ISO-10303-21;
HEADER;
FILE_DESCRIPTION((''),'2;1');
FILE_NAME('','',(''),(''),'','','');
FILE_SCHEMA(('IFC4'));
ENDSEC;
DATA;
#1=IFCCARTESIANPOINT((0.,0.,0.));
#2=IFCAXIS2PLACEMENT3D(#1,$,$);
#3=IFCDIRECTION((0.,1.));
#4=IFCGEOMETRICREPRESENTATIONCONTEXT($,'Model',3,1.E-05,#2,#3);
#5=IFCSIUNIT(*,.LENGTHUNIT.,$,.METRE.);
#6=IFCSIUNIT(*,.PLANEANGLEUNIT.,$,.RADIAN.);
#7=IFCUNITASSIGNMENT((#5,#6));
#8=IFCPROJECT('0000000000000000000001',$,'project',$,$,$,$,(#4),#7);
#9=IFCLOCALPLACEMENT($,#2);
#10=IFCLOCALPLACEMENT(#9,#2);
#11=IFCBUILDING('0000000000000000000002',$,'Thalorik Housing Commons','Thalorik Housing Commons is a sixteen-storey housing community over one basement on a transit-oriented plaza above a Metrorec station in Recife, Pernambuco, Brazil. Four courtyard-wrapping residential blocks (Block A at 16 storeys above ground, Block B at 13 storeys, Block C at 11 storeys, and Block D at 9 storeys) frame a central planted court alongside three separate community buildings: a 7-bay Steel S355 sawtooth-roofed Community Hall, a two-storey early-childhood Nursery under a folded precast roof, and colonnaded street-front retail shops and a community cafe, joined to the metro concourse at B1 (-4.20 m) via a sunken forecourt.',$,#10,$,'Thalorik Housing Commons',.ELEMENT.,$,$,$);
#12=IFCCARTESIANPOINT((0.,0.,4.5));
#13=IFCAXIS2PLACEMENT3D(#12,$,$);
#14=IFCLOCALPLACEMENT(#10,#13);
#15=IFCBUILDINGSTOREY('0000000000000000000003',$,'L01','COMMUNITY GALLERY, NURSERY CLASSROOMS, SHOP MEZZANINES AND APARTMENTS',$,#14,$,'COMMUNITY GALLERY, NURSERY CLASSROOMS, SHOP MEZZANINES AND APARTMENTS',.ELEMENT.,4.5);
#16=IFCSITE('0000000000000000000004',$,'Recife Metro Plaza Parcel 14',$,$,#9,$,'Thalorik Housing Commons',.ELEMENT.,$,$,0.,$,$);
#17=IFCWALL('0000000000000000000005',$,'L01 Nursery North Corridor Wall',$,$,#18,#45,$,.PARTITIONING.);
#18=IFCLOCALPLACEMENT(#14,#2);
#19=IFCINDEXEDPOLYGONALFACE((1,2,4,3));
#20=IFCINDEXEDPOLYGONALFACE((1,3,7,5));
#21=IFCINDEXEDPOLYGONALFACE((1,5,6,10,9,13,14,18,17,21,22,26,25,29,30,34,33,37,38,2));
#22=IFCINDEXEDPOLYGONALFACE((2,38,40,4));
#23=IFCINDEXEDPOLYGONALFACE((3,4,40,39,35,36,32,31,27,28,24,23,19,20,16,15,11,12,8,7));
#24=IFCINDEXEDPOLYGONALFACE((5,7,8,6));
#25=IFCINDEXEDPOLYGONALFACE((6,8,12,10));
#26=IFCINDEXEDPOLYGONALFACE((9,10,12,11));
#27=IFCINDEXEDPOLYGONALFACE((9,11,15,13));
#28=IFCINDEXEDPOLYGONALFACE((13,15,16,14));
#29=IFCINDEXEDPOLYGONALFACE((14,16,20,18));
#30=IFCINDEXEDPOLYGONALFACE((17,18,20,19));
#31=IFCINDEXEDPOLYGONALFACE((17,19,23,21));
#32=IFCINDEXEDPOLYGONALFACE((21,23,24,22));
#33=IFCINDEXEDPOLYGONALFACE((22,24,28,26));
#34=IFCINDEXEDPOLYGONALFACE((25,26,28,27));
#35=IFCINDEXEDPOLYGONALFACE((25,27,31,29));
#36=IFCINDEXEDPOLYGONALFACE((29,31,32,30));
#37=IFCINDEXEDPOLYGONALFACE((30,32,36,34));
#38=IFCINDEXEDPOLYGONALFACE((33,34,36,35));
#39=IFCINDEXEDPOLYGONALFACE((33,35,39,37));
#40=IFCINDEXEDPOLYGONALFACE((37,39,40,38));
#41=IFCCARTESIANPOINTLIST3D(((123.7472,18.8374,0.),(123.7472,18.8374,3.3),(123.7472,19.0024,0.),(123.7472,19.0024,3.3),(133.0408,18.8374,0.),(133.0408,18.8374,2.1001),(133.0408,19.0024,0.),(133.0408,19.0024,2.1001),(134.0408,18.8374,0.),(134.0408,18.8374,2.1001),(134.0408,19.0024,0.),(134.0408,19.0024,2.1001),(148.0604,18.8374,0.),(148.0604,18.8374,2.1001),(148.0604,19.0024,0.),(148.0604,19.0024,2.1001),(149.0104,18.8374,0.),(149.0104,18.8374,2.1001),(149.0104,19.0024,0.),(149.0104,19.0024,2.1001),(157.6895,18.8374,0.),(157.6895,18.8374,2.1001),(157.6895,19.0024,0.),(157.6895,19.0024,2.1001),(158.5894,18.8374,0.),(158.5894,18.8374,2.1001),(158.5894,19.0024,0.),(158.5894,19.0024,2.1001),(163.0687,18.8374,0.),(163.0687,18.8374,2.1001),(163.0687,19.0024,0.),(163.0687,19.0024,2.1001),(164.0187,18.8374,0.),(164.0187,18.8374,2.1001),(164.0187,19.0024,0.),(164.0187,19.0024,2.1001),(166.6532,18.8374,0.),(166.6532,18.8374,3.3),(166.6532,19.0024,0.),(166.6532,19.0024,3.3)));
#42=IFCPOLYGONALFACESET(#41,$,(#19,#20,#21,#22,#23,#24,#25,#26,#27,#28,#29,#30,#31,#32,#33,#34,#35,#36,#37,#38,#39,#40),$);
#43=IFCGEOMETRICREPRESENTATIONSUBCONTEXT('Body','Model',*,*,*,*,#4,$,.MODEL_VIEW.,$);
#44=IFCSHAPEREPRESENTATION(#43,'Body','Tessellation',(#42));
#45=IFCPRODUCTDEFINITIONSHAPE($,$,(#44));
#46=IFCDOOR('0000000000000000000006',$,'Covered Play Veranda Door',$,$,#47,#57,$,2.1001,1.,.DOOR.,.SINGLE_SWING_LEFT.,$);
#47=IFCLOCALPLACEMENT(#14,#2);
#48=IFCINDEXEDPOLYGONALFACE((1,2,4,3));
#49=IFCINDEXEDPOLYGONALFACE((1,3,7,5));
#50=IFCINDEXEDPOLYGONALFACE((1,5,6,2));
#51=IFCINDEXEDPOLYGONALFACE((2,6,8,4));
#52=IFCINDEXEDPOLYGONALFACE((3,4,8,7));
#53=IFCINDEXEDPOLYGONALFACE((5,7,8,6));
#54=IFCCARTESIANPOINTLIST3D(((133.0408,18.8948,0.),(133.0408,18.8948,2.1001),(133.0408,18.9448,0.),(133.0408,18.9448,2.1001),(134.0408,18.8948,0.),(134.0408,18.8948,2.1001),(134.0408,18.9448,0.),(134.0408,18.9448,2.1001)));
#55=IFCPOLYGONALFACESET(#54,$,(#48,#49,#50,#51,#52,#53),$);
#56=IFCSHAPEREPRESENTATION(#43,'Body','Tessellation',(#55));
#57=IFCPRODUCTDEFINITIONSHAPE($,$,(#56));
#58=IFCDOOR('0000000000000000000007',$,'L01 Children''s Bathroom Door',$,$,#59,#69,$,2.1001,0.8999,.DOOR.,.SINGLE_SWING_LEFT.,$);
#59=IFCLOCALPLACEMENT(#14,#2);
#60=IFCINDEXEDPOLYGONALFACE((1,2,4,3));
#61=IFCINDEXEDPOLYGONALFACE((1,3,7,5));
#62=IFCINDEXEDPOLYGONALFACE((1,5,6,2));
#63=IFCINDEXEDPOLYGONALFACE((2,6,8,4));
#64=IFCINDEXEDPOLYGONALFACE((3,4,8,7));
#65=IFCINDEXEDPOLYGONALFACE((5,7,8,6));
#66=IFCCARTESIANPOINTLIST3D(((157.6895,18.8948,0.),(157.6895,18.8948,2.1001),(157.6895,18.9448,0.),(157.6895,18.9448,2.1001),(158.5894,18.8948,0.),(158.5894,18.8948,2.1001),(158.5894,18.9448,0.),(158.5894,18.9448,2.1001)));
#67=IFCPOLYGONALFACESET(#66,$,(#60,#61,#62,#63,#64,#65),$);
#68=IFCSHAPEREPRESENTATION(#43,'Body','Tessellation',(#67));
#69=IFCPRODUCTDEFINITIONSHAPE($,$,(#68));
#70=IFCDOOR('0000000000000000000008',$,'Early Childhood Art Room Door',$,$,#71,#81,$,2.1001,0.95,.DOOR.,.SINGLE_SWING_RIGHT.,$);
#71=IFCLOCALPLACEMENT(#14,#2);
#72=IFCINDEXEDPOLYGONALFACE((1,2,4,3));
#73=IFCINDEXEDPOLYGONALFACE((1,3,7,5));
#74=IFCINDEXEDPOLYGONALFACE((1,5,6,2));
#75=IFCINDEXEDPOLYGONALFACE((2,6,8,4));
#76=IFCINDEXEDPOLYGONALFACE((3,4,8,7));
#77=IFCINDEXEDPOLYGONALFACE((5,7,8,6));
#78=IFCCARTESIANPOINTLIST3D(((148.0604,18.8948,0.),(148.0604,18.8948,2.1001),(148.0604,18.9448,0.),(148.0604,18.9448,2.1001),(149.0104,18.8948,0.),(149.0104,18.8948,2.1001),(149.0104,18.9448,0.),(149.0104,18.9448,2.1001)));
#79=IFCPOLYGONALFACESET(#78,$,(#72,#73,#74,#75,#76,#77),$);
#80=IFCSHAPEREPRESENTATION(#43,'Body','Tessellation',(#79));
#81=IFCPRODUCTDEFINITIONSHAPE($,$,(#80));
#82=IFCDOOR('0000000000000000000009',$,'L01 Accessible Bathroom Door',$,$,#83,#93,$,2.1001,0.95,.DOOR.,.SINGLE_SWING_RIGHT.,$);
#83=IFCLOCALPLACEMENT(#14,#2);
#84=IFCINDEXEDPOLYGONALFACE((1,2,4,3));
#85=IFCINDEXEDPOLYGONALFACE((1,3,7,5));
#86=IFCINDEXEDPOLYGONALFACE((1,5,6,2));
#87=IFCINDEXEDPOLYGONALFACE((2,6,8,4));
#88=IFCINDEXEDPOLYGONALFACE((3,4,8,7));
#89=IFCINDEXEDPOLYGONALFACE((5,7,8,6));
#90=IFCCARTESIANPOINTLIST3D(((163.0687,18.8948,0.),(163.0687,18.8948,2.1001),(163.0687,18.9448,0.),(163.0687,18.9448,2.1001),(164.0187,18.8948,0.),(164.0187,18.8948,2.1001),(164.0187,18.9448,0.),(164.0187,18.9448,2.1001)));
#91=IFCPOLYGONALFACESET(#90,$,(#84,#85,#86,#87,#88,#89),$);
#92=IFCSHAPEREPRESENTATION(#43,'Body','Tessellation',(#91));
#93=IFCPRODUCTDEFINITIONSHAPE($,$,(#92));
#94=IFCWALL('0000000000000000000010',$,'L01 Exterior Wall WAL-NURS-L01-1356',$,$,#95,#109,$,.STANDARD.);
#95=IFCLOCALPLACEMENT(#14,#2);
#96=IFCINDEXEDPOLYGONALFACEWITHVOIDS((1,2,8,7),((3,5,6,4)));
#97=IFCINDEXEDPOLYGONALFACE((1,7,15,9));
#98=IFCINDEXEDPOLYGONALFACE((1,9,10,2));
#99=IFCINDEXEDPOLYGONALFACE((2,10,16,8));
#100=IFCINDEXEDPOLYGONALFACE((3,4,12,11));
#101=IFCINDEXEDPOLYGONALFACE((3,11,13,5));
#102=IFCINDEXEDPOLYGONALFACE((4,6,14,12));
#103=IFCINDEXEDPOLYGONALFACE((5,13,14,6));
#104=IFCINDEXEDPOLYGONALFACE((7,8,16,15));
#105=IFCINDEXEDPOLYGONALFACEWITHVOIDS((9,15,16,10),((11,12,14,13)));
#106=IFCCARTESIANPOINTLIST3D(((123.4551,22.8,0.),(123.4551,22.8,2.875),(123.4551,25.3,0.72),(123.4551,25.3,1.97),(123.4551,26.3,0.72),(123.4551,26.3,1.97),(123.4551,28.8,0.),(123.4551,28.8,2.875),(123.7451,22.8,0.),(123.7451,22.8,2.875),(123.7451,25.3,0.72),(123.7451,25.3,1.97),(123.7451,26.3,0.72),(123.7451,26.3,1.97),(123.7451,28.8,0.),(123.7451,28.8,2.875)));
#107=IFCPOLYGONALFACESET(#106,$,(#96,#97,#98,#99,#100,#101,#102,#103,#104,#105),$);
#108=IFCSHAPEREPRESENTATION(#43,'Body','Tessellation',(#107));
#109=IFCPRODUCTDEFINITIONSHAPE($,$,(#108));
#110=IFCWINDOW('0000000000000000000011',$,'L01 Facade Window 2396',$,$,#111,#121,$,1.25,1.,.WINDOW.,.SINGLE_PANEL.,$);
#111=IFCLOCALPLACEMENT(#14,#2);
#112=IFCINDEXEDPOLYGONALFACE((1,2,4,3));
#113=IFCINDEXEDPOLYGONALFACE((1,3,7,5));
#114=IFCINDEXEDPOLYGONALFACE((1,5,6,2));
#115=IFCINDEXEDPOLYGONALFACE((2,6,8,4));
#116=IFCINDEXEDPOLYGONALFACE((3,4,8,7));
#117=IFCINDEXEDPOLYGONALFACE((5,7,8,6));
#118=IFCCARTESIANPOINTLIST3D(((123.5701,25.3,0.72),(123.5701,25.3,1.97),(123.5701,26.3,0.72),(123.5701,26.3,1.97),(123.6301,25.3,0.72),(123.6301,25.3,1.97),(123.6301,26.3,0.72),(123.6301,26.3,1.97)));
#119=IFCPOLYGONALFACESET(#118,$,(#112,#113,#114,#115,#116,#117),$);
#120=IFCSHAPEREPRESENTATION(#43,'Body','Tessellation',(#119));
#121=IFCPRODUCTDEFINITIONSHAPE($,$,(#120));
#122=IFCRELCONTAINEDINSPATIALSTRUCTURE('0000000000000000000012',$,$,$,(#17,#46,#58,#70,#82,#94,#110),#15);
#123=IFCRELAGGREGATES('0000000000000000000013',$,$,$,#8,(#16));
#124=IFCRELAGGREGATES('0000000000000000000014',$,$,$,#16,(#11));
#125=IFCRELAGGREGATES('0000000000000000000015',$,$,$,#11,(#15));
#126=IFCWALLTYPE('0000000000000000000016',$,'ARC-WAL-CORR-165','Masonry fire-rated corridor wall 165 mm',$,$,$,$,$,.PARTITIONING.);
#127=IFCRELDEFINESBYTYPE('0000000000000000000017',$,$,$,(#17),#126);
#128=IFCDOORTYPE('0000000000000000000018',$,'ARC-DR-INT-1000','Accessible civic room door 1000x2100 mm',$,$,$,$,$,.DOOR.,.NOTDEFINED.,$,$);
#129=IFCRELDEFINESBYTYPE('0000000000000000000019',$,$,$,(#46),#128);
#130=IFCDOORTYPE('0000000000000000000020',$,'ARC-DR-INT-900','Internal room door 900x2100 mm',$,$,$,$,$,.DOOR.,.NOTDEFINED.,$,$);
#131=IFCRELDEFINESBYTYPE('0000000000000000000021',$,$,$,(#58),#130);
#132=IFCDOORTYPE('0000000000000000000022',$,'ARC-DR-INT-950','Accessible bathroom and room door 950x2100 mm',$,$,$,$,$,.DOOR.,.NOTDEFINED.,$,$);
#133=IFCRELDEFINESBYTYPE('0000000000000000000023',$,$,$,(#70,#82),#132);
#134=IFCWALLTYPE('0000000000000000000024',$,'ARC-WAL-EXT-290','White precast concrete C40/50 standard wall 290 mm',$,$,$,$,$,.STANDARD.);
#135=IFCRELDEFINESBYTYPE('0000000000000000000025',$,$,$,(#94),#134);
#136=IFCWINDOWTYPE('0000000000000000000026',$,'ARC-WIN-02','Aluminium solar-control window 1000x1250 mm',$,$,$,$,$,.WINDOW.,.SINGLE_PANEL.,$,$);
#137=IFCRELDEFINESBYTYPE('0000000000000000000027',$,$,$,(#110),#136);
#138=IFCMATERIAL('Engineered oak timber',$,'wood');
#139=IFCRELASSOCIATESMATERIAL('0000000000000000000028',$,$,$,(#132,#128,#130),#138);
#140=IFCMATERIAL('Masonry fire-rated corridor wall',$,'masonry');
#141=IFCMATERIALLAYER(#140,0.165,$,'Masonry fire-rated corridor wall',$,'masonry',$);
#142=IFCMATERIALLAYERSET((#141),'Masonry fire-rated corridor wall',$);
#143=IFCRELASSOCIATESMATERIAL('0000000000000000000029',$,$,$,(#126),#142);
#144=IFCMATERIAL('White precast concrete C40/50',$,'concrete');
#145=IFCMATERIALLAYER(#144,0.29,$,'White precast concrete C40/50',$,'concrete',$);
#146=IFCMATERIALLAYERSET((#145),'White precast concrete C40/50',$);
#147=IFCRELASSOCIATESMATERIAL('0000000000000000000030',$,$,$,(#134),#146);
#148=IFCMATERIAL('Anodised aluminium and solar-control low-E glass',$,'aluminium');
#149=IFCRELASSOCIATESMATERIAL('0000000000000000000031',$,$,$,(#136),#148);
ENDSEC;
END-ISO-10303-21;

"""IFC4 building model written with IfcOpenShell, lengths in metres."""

from ifc_helpers import new_model, si_unit, direction, frame, frame_2d, origin, place, context, subcontext, project, spatial, rectangle, extrude, material, layer, layer_set, type_object, element, fill, save


model = new_model("IFC4")

# Units and contexts
model_context = context("Model", 3, precision=1e-05, world=origin(), true_north=direction((0.0, 1.0)))
body_context = subcontext(model_context, "Body", "Model", "MODEL_VIEW")
ifc_project = project(units=[si_unit("LENGTHUNIT", "METRE"), si_unit("PLANEANGLEUNIT", "RADIAN")], contexts=[model_context])

# Site, building, storey
site_placement = place(None, origin())
site = spatial("IfcSite", under=ifc_project, at=site_placement, Name="Recife Metro Plaza Parcel 14", LongName="Thalorik Housing Commons", CompositionType="ELEMENT", RefElevation=0.0)
building_placement = place(site_placement, origin())
building = spatial("IfcBuilding", under=site, at=building_placement, Name="Thalorik Housing Commons", Description="Thalorik Housing Commons is a sixteen-storey housing community over one basement on a transit-oriented plaza above a Metrorec station in Recife, Pernambuco, Brazil. Four courtyard-wrapping residential blocks (Block A at 16 storeys above ground, Block B at 13 storeys, Block C at 11 storeys, and Block D at 9 storeys) frame a central planted court alongside three separate community buildings: a 7-bay Steel S355 sawtooth-roofed Community Hall, a two-storey early-childhood Nursery under a folded precast roof, and colonnaded street-front retail shops and a community cafe, joined to the metro concourse at B1 (-4.20 m) via a sunken forecourt.", LongName="Thalorik Housing Commons", CompositionType="ELEMENT")
storey_placement = place(building_placement, frame((0.0, 0.0, 4.5)))
storey = spatial("IfcBuildingStorey", under=building, at=storey_placement, Name="L01", Description="COMMUNITY GALLERY, NURSERY CLASSROOMS, SHOP MEZZANINES AND APARTMENTS", LongName="COMMUNITY GALLERY, NURSERY CLASSROOMS, SHOP MEZZANINES AND APARTMENTS", CompositionType="ELEMENT", Elevation=4.5)

# Wall, openings, doors
ifc_material_1 = material(Name="Masonry fire-rated corridor wall", Category="masonry")
ifc_material_2 = material(Name="Engineered oak timber", Category="wood")
door_type_1 = type_object("IfcDoorType", Name="ARC-DR-INT-950", Description="Accessible bathroom and room door 950x2100 mm", OperationType="NOTDEFINED", PredefinedType="DOOR", material=ifc_material_2)
ifc_layer_1 = layer(ifc_material_1, 0.165, Name="Masonry fire-rated corridor wall", Category="masonry")
ifc_layer_set_1 = layer_set([ifc_layer_1], Name="Masonry fire-rated corridor wall")
wall_type_1 = type_object("IfcWallType", Name="ARC-WAL-CORR-165", Description="Masonry fire-rated corridor wall 165 mm", PredefinedType="PARTITIONING", material=ifc_layer_set_1)
wall_1_placement = place(storey_placement, frame((123.7471, 18.9199, 0.0), z_axis=(0.0, 0.0, 1.0), x_axis=(1.0, 0.0, 0.0)))
wall_1 = element("IfcWall", 1, at=wall_1_placement, inside=storey, type_object=wall_type_1, Name="L01 Nursery North Corridor Wall", PredefinedType="PARTITIONING", context=body_context, shape_type="SweptSolid", body=[
    extrude(rectangle(XDim=42.906, YDim=0.165, at=frame_2d((21.4531, 0.0))), origin(), (0.0, 0.0, 1.0), 3.3),
])
opening_1_placement = place(wall_1_placement, frame((9.2937, 0.0, 0.0)))
opening_1 = element("IfcOpeningElement", 2, at=opening_1_placement, cuts=wall_1, PredefinedType="OPENING", context=body_context, shape_type="SweptSolid", body=[
    extrude(rectangle(XDim=1.0, YDim=2.1001, at=frame_2d((0.5, 1.05))), frame((0.0, 0.0925, 0.0), z_axis=(0.0, -1.0, 0.0), x_axis=(1.0, 0.0, 0.0)), (0.0, 0.0, 1.0), 0.1851),
])
opening_2_placement = place(wall_1_placement, frame((24.3132, 0.0, 0.0)))
opening_2 = element("IfcOpeningElement", 3, at=opening_2_placement, cuts=wall_1, PredefinedType="OPENING", context=body_context, shape_type="SweptSolid", body=[
    extrude(rectangle(XDim=0.95, YDim=2.1001, at=frame_2d((0.4751, 1.05))), frame((0.0, 0.0925, 0.0), z_axis=(0.0, -1.0, 0.0), x_axis=(1.0, 0.0, 0.0)), (0.0, 0.0, 1.0), 0.1851),
])
opening_3_placement = place(wall_1_placement, frame((33.9424, 0.0, 0.0)))
opening_3 = element("IfcOpeningElement", 4, at=opening_3_placement, cuts=wall_1, PredefinedType="OPENING", context=body_context, shape_type="SweptSolid", body=[
    extrude(rectangle(XDim=0.8999, YDim=2.1001, at=frame_2d((0.45, 1.05))), frame((0.0, 0.0925, 0.0), z_axis=(0.0, -1.0, 0.0), x_axis=(1.0, 0.0, 0.0)), (0.0, 0.0, 1.0), 0.1851),
])
opening_4_placement = place(wall_1_placement, frame((39.3215, 0.0, 0.0)))
opening_4 = element("IfcOpeningElement", 5, at=opening_4_placement, cuts=wall_1, PredefinedType="OPENING", context=body_context, shape_type="SweptSolid", body=[
    extrude(rectangle(XDim=0.95, YDim=2.1001, at=frame_2d((0.4751, 1.05))), frame((0.0, 0.0925, 0.0), z_axis=(0.0, -1.0, 0.0), x_axis=(1.0, 0.0, 0.0)), (0.0, 0.0, 1.0), 0.1851),
])
door_type_2 = type_object("IfcDoorType", Name="ARC-DR-INT-1000", Description="Accessible civic room door 1000x2100 mm", OperationType="NOTDEFINED", PredefinedType="DOOR", material=ifc_material_2)
door_1_placement = place(opening_1_placement, origin())
door_1 = element("IfcDoor", 6, at=door_1_placement, inside=storey, type_object=door_type_2, Name="Covered Play Veranda Door", OperationType="SINGLE_SWING_LEFT", OverallHeight=2.1001, OverallWidth=1.0, PredefinedType="DOOR", context=body_context, shape_type="SweptSolid", body=[
    extrude(rectangle(XDim=1.0, YDim=2.1001, at=frame_2d((0.5, 1.05))), frame((0.0, 0.0249, 0.0), z_axis=(0.0, -1.0, 0.0), x_axis=(1.0, 0.0, 0.0)), (0.0, 0.0, 1.0), 0.05),
])
fill(opening_1, door_1)
door_type_3 = type_object("IfcDoorType", Name="ARC-DR-INT-900", Description="Internal room door 900x2100 mm", OperationType="NOTDEFINED", PredefinedType="DOOR", material=ifc_material_2)
door_2_placement = place(opening_3_placement, origin())
door_2 = element("IfcDoor", 7, at=door_2_placement, inside=storey, type_object=door_type_3, Name="L01 Children's Bathroom Door", OperationType="SINGLE_SWING_LEFT", OverallHeight=2.1001, OverallWidth=0.8999, PredefinedType="DOOR", context=body_context, shape_type="SweptSolid", body=[
    extrude(rectangle(XDim=0.8999, YDim=2.1001, at=frame_2d((0.45, 1.05))), frame((0.0, 0.0249, 0.0), z_axis=(0.0, -1.0, 0.0), x_axis=(1.0, 0.0, 0.0)), (0.0, 0.0, 1.0), 0.05),
])
fill(opening_3, door_2)
door_3_placement = place(opening_2_placement, origin())
door_3 = element("IfcDoor", 8, at=door_3_placement, inside=storey, type_object=door_type_1, Name="Early Childhood Art Room Door", OperationType="SINGLE_SWING_RIGHT", OverallHeight=2.1001, OverallWidth=0.95, PredefinedType="DOOR", context=body_context, shape_type="SweptSolid", body=[
    extrude(rectangle(XDim=0.95, YDim=2.1001, at=frame_2d((0.4751, 1.05))), frame((0.0, 0.0249, 0.0), z_axis=(0.0, -1.0, 0.0), x_axis=(1.0, 0.0, 0.0)), (0.0, 0.0, 1.0), 0.05),
])
fill(opening_2, door_3)
door_4_placement = place(opening_4_placement, origin())
door_4 = element("IfcDoor", 9, at=door_4_placement, inside=storey, type_object=door_type_1, Name="L01 Accessible Bathroom Door", OperationType="SINGLE_SWING_RIGHT", OverallHeight=2.1001, OverallWidth=0.95, PredefinedType="DOOR", context=body_context, shape_type="SweptSolid", body=[
    extrude(rectangle(XDim=0.95, YDim=2.1001, at=frame_2d((0.4751, 1.05))), frame((0.0, 0.0249, 0.0), z_axis=(0.0, -1.0, 0.0), x_axis=(1.0, 0.0, 0.0)), (0.0, 0.0, 1.0), 0.05),
])
fill(opening_4, door_4)

# Wall, opening, window
ifc_material_3 = material(Name="White precast concrete C40/50", Category="concrete")
ifc_layer_2 = layer(ifc_material_3, 0.29, Name="White precast concrete C40/50", Category="concrete")
ifc_layer_set_2 = layer_set([ifc_layer_2], Name="White precast concrete C40/50")
wall_type_2 = type_object("IfcWallType", Name="ARC-WAL-EXT-290", Description="White precast concrete C40/50 standard wall 290 mm", PredefinedType="STANDARD", material=ifc_layer_set_2)
wall_2_placement = place(storey_placement, frame((123.6001, 28.8, 0.0), z_axis=(0.0, 0.0, 1.0), x_axis=(0.0, -1.0, 0.0)))
wall_2 = element("IfcWall", 10, at=wall_2_placement, inside=storey, type_object=wall_type_2, Name="L01 Exterior Wall WAL-NURS-L01-1356", PredefinedType="STANDARD", context=body_context, shape_type="SweptSolid", body=[
    extrude(rectangle(XDim=6.0, YDim=0.29, at=frame_2d((3.0, 0.0))), origin(), (0.0, 0.0, 1.0), 2.875),
])
opening_5_placement = place(wall_2_placement, frame((2.5, 0.0, 0.72)))
opening_5 = element("IfcOpeningElement", 11, at=opening_5_placement, cuts=wall_2, PredefinedType="OPENING", context=body_context, shape_type="SweptSolid", body=[
    extrude(rectangle(XDim=1.0, YDim=1.25, at=frame_2d((0.5, 0.625))), frame((0.0, 0.155, 0.0), z_axis=(0.0, -1.0, 0.0), x_axis=(1.0, 0.0, 0.0)), (0.0, 0.0, 1.0), 0.3101),
])
ifc_material_4 = material(Name="Anodised aluminium and solar-control low-E glass", Category="aluminium")
window_type_1 = type_object("IfcWindowType", Name="ARC-WIN-02", Description="Aluminium solar-control window 1000x1250 mm", PartitioningType="SINGLE_PANEL", PredefinedType="WINDOW", material=ifc_material_4)
window_1_placement = place(opening_5_placement, origin())
window_1 = element("IfcWindow", 12, at=window_1_placement, inside=storey, type_object=window_type_1, Name="L01 Facade Window 2396", OverallHeight=1.25, OverallWidth=1.0, PartitioningType="SINGLE_PANEL", PredefinedType="WINDOW", context=body_context, shape_type="SweptSolid", body=[
    extrude(rectangle(XDim=1.0, YDim=1.25, at=frame_2d((0.5, 0.625))), frame((0.0, 0.03, 0.0), z_axis=(0.0, -1.0, 0.0), x_axis=(1.0, 0.0, 0.0)), (0.0, 0.0, 1.0), 0.0601),
])
fill(opening_5, window_1)

save(model, "model.ifc")
